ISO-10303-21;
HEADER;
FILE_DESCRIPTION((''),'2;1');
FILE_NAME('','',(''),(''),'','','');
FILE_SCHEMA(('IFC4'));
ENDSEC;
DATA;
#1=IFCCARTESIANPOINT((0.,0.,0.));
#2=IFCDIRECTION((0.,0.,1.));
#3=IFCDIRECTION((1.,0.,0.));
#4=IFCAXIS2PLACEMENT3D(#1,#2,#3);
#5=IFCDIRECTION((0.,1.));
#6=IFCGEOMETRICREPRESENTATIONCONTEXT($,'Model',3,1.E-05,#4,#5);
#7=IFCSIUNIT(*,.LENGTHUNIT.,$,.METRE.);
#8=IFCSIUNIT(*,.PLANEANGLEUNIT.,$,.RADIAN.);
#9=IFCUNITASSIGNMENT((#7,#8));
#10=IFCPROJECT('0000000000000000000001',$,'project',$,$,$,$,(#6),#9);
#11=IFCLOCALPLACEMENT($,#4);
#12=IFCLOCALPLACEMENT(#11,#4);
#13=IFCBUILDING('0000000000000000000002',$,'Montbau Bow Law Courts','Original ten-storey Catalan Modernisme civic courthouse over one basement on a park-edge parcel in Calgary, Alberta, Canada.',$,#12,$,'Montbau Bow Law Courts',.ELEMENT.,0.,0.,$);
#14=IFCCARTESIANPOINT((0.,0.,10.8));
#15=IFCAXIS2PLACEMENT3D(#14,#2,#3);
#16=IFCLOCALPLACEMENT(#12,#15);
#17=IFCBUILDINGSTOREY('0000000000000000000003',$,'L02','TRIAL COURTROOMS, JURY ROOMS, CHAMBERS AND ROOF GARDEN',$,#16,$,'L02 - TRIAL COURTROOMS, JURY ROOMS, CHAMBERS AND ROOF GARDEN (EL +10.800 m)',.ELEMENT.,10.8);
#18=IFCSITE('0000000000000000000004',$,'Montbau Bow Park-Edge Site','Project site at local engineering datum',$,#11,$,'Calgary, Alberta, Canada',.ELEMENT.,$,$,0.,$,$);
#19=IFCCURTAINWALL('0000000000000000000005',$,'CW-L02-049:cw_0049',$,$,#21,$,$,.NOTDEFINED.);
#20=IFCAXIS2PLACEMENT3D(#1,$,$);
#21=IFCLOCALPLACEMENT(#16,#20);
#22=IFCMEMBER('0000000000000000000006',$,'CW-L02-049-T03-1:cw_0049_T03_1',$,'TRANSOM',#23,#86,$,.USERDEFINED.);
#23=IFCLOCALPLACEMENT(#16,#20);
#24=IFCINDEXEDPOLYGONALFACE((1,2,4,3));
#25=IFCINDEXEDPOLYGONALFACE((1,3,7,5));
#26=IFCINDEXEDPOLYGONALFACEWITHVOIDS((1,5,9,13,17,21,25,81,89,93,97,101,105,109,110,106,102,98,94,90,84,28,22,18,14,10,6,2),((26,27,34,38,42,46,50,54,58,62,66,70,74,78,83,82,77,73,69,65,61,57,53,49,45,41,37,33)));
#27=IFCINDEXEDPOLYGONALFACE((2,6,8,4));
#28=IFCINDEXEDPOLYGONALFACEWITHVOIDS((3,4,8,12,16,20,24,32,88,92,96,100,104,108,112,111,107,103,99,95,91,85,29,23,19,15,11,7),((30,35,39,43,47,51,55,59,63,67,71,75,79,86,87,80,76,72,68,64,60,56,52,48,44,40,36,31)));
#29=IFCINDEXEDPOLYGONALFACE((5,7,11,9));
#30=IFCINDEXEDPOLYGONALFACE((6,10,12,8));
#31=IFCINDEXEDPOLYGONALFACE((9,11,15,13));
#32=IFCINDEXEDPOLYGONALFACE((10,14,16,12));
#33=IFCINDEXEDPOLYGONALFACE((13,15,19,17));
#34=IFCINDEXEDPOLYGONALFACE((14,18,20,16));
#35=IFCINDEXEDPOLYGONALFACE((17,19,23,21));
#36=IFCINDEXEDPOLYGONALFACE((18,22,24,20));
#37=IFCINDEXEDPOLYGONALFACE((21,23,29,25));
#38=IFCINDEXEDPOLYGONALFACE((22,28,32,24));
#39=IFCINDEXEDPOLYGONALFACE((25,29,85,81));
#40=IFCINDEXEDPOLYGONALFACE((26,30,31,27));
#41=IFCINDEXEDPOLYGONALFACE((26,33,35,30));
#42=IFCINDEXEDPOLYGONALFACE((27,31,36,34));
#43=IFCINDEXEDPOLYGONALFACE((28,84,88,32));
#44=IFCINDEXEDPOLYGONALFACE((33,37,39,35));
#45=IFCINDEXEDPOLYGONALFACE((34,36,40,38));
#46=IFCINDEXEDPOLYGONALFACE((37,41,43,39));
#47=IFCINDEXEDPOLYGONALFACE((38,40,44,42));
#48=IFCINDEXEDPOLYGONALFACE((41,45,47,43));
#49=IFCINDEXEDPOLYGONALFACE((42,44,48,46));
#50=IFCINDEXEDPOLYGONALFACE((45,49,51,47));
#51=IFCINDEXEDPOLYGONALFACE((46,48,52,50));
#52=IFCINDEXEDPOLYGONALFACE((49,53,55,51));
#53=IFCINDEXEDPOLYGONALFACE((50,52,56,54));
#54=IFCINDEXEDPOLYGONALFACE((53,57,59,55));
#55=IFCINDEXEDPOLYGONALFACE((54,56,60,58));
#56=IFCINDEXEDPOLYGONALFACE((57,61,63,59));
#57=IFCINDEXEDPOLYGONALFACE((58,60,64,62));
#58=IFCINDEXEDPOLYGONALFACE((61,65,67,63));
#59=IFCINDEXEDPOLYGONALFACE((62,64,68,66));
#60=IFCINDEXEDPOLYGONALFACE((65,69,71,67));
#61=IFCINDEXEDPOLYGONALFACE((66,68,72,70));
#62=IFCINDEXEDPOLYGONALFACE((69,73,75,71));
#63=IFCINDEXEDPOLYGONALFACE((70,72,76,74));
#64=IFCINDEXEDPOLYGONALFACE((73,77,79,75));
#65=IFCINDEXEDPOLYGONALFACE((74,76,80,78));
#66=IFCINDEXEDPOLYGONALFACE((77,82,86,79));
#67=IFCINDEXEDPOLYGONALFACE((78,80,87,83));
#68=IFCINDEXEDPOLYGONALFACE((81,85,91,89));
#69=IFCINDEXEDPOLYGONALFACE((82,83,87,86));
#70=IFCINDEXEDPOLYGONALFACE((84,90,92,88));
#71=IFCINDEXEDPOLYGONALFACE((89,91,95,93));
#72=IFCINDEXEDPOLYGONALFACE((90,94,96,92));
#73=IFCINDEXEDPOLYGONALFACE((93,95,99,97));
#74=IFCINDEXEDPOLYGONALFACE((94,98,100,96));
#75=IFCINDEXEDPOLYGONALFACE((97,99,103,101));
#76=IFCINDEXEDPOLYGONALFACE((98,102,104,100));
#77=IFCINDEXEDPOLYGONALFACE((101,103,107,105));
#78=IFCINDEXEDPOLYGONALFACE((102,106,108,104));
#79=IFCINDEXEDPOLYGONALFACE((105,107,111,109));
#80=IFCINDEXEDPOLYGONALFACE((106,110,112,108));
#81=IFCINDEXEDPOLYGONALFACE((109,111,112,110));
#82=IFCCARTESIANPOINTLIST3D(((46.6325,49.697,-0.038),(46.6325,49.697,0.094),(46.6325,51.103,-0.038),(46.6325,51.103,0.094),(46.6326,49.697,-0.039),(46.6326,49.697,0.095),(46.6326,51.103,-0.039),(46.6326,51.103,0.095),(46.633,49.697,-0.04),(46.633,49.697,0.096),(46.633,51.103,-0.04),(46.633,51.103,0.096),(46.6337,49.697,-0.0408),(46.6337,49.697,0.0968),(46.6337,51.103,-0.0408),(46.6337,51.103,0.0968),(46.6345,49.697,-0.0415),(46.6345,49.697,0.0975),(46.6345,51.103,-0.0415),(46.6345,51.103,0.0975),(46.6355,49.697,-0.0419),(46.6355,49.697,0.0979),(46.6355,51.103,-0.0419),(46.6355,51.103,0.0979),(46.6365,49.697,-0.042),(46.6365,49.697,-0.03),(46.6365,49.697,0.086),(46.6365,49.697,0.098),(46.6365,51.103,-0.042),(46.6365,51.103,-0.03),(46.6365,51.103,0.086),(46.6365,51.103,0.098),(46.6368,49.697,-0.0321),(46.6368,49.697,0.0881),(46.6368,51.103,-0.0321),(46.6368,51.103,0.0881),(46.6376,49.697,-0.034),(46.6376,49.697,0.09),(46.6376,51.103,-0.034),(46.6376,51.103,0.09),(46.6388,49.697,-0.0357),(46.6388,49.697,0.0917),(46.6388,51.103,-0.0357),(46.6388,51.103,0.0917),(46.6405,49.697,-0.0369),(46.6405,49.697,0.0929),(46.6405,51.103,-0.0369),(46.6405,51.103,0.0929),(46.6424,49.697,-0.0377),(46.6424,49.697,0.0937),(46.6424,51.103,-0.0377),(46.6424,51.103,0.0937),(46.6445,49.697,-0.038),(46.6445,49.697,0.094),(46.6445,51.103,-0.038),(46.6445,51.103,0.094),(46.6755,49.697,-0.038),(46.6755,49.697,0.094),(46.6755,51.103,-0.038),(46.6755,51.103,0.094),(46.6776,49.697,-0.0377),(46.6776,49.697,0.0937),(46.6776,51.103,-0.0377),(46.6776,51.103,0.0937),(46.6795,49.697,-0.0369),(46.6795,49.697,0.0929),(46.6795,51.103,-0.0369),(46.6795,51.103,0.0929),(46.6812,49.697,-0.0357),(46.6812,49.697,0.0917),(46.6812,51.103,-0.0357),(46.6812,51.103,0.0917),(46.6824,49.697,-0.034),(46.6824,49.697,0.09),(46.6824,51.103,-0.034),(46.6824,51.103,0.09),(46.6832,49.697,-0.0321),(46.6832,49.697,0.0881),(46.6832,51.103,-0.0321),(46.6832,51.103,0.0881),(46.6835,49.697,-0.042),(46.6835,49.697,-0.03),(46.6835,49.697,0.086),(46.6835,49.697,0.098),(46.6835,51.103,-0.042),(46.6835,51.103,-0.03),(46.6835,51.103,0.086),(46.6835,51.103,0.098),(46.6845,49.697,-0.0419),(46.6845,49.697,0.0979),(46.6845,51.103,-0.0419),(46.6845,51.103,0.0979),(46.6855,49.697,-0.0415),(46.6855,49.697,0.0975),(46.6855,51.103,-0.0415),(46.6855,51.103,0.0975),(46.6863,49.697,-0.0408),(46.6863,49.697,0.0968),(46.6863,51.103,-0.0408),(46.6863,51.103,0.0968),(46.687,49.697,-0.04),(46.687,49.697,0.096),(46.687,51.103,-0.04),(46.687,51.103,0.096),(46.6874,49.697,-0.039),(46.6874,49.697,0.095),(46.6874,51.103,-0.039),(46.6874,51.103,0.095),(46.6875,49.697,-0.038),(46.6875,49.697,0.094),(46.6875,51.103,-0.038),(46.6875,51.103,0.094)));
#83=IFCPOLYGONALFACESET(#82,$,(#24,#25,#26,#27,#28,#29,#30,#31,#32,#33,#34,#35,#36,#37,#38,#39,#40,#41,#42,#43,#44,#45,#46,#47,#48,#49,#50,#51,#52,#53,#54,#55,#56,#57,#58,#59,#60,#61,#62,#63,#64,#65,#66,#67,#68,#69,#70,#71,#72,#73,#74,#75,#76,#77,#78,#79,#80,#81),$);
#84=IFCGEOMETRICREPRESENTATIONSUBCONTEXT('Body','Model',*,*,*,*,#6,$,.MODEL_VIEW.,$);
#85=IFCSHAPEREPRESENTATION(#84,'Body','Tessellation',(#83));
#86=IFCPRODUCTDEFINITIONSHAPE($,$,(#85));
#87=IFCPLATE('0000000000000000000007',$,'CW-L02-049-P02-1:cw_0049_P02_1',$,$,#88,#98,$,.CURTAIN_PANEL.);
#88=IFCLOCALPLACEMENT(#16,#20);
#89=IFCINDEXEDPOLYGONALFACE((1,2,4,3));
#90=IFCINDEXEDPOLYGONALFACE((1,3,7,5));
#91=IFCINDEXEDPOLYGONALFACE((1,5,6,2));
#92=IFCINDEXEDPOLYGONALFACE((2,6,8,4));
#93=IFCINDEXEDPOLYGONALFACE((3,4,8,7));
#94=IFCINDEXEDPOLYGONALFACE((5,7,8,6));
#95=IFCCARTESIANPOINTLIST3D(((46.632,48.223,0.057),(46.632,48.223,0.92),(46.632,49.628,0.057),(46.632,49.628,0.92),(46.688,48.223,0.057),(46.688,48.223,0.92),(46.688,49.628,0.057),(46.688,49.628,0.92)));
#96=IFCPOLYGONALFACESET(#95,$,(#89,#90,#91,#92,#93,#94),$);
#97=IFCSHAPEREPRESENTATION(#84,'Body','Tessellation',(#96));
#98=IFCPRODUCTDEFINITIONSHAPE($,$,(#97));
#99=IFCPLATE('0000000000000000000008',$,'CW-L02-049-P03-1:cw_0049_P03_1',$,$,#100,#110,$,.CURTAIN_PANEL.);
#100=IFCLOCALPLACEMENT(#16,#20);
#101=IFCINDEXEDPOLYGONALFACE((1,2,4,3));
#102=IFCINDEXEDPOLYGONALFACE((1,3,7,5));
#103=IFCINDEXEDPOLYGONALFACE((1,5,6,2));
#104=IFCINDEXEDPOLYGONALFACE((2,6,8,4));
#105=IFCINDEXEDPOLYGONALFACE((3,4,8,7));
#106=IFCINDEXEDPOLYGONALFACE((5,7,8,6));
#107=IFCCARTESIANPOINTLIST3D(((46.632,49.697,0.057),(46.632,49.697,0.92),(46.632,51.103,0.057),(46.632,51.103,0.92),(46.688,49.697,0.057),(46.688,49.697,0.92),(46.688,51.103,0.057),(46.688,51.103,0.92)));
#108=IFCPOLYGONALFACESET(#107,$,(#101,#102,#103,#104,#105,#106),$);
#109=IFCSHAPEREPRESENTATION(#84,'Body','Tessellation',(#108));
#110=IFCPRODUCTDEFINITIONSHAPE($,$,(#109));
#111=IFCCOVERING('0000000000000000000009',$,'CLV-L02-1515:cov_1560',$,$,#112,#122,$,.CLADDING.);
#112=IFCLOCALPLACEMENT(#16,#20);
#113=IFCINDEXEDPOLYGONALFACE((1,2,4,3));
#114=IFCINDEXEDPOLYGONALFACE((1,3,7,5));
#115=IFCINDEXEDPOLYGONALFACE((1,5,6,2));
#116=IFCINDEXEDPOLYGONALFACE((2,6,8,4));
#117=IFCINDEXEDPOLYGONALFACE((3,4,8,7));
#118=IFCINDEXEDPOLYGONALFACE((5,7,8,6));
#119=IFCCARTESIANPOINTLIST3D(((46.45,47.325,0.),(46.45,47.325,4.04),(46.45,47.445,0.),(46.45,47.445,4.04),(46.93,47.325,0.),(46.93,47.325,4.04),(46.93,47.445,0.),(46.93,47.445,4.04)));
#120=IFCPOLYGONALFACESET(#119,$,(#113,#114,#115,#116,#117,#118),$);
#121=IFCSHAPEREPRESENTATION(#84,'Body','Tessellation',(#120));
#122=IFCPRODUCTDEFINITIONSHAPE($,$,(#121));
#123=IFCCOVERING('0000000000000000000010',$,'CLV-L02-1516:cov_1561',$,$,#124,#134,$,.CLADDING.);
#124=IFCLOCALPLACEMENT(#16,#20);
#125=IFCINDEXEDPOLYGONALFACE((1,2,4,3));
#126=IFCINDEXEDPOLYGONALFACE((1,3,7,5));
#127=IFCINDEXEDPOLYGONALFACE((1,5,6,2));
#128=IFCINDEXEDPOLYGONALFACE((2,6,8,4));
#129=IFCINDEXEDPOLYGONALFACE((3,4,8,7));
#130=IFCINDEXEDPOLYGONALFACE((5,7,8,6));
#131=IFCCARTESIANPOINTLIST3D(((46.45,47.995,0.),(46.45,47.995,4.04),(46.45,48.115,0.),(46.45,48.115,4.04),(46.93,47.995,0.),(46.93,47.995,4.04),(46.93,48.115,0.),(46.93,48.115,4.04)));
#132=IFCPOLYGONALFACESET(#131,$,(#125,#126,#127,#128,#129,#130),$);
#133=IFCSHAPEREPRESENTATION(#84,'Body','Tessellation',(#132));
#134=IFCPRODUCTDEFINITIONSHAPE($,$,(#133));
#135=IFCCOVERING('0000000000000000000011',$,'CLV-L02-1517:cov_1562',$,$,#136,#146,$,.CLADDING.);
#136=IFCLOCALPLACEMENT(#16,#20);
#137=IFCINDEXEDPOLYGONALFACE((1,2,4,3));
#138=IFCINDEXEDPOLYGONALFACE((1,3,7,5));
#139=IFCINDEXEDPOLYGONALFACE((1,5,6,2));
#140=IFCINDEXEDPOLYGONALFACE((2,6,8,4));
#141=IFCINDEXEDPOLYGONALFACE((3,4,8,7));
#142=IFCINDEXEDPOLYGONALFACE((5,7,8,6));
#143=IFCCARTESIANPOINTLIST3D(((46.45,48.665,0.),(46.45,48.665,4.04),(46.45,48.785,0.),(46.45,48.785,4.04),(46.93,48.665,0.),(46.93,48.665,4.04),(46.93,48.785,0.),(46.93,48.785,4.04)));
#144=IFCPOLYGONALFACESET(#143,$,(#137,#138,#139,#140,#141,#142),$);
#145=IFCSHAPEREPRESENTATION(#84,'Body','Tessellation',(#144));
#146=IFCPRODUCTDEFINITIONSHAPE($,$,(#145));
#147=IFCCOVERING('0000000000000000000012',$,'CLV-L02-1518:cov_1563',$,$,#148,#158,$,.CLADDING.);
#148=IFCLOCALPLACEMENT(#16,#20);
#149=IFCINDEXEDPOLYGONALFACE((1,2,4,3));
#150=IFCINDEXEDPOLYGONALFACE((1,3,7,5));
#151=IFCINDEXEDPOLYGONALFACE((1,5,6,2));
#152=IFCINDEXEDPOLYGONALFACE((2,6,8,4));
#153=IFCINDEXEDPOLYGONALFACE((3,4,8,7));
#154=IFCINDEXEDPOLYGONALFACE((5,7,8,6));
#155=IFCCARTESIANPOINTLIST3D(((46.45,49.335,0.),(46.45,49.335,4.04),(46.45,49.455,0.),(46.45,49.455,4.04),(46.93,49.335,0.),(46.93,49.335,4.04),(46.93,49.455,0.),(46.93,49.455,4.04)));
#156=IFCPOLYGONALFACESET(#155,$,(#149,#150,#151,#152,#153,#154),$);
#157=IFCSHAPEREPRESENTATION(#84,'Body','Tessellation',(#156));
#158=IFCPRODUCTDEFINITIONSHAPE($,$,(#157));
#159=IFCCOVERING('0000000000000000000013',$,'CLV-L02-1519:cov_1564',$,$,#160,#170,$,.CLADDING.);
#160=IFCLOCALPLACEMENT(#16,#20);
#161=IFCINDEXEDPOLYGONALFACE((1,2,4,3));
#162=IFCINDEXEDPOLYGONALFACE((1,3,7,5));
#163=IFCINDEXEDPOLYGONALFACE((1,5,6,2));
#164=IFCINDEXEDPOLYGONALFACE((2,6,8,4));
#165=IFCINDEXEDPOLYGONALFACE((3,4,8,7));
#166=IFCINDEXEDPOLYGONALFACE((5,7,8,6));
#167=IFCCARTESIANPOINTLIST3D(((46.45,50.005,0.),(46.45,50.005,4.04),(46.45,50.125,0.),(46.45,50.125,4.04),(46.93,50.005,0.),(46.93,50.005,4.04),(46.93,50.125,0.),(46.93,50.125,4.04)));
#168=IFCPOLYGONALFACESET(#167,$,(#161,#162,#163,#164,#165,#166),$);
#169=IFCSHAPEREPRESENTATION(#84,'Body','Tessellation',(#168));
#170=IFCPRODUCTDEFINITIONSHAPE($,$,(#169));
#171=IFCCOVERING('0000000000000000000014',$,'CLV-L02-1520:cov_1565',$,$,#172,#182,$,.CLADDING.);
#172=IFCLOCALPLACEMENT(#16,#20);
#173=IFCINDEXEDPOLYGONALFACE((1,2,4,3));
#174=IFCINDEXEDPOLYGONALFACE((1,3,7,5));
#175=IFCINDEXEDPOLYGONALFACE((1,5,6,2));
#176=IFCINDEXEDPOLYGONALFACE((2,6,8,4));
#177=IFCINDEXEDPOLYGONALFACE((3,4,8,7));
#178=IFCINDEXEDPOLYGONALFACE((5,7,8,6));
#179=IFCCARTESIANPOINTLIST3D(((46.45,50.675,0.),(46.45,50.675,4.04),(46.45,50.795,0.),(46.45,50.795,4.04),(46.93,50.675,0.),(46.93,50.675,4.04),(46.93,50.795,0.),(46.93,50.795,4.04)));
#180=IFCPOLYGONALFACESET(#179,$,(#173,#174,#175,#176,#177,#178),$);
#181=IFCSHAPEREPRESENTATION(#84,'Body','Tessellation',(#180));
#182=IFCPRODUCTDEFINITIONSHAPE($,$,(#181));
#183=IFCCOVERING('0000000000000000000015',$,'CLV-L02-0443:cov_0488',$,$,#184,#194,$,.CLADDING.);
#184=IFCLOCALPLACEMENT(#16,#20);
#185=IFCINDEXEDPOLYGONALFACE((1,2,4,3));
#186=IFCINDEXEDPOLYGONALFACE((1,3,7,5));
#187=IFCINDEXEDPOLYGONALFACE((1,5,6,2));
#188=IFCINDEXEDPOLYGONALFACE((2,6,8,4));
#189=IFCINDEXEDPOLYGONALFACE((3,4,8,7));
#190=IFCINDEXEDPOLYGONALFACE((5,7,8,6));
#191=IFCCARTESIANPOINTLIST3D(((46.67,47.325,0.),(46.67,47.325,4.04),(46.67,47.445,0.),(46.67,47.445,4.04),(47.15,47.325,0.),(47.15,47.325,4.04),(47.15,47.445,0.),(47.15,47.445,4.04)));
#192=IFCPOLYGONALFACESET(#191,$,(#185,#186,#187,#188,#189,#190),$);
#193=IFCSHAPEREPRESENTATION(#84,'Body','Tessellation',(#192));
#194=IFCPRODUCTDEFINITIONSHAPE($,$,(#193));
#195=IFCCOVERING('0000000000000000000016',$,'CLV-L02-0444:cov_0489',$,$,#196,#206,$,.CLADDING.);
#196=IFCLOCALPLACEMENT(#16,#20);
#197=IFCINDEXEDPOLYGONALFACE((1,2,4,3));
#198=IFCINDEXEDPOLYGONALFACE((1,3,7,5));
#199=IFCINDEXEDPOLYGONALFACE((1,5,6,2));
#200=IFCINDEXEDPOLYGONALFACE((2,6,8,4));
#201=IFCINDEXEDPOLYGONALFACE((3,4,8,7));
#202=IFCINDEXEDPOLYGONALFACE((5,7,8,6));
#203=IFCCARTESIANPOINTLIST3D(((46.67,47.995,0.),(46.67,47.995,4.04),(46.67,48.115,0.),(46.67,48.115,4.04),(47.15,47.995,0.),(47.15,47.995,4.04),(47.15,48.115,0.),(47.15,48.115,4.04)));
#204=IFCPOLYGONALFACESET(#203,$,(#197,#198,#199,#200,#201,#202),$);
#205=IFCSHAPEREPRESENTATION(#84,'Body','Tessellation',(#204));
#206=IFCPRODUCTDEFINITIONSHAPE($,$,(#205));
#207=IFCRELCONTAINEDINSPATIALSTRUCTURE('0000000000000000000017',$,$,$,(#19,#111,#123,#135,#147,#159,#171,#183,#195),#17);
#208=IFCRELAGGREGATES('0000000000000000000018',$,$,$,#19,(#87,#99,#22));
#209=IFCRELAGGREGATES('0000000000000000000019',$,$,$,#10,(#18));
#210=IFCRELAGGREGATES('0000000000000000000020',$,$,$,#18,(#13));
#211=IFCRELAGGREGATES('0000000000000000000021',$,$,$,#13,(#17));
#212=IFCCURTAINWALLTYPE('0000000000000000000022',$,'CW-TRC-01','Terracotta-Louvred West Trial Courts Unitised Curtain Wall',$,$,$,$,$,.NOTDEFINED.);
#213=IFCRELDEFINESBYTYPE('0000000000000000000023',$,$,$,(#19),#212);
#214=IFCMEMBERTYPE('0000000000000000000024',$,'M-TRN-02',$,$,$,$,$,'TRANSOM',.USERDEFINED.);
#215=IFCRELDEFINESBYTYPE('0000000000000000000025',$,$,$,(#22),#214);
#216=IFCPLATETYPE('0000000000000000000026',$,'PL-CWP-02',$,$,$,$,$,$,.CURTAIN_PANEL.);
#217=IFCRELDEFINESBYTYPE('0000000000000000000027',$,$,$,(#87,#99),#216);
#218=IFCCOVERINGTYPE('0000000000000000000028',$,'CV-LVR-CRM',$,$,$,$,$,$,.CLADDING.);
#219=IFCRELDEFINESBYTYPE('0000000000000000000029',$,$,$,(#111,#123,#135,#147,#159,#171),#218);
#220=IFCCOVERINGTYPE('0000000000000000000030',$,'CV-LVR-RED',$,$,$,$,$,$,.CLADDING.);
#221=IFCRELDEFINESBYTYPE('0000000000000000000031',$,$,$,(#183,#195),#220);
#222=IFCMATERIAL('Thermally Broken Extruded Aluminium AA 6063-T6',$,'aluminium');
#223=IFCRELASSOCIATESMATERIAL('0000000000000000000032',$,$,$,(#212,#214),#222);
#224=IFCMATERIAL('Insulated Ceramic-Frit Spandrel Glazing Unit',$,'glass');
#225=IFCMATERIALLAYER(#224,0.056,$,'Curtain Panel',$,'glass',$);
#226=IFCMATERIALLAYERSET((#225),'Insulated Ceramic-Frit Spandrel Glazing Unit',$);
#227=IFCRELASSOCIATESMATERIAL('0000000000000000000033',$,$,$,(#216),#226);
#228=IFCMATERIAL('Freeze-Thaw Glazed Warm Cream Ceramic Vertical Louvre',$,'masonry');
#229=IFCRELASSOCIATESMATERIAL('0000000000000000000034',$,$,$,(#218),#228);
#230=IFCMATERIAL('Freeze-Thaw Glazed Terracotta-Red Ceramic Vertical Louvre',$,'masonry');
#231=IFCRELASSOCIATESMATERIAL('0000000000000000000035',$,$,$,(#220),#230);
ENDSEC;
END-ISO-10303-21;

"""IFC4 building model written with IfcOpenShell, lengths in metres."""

from ifc_helpers import new_model, si_unit, direction, frame, frame_2d, origin_with_axes, origin_2d_with_axis, place, context, subcontext, project, spatial, rectangle, hollow_rectangle, extrude, material, layer, layer_set, material_profile, profile_set, type_object, element, aggregate, save


model = new_model("IFC4")

# Units and contexts
model_context = context("Model", 3, precision=1e-05, world=origin_with_axes(), true_north=direction((0.0, 1.0)))
body_context = subcontext(model_context, "Body", "Model", "MODEL_VIEW")
ifc_project = project(units=[si_unit("LENGTHUNIT", "METRE"), si_unit("PLANEANGLEUNIT", "RADIAN")], contexts=[model_context])

# Site, building, storey
site_placement = place(None, origin_with_axes())
site = spatial("IfcSite", under=ifc_project, at=site_placement, Name="Montbau Bow Park-Edge Site", Description="Project site at local engineering datum", LongName="Calgary, Alberta, Canada", CompositionType="ELEMENT", RefElevation=0.0)
building_placement = place(site_placement, origin_with_axes())
building = spatial("IfcBuilding", under=site, at=building_placement, Name="Montbau Bow Law Courts", Description="Original ten-storey Catalan Modernisme civic courthouse over one basement on a park-edge parcel in Calgary, Alberta, Canada.", LongName="Montbau Bow Law Courts", CompositionType="ELEMENT", ElevationOfRefHeight=0.0, ElevationOfTerrain=0.0)
storey_placement = place(building_placement, frame((0.0, 0.0, 10.8), z_axis=(0.0, 0.0, 1.0), x_axis=(1.0, 0.0, 0.0)))
storey = spatial("IfcBuildingStorey", under=building, at=storey_placement, Name="L02", Description="TRIAL COURTROOMS, JURY ROOMS, CHAMBERS AND ROOF GARDEN", LongName="L02 - TRIAL COURTROOMS, JURY ROOMS, CHAMBERS AND ROOF GARDEN (EL +10.800 m)", CompositionType="ELEMENT", Elevation=10.8)

# Curtain wall
ifc_material_1 = material(Name="Thermally Broken Extruded Aluminium AA 6063-T6", Category="aluminium")
curtain_wall_type_1 = type_object("IfcCurtainWallType", Name="CW-TRC-01", Description="Terracotta-Louvred West Trial Courts Unitised Curtain Wall", PredefinedType="NOTDEFINED", material=ifc_material_1)
curtain_wall_1_placement = place(None, frame((46.66, 46.715, 10.8), z_axis=(0.0, 0.0, 1.0), x_axis=(1.0, 0.0, 0.0)))
curtain_wall_1 = element("IfcCurtainWall", 1, at=curtain_wall_1_placement, inside=storey, type_object=curtain_wall_type_1, Name="CW-L02-049:cw_0049", PredefinedType="NOTDEFINED")

# Member
ifc_material_profile_1 = material_profile(ifc_material_1, hollow_rectangle(XDim=0.055, YDim=0.14, WallThickness=0.004, InnerFilletRadius=0.008, OuterFilletRadius=0.004, at=origin_2d_with_axis()), Name="CWT-140X55", Category="Main", Priority=0)
ifc_profile_set_1 = profile_set([ifc_material_profile_1], Name="Thermally Broken Extruded Aluminium AA 6063-T6")
member_type_1 = type_object("IfcMemberType", Name="M-TRN-02", ElementType="TRANSOM", PredefinedType="USERDEFINED", material=ifc_profile_set_1)
member_1_placement = place(None, frame((46.66, 49.697, 10.828), z_axis=(0.0, 1.0, 0.0), x_axis=(-1.0, 0.0, 0.0)))
member_1 = element("IfcMember", 2, at=member_1_placement, type_object=member_type_1, Name="CW-L02-049-T03-1:cw_0049_T03_1", ObjectType="TRANSOM", PredefinedType="USERDEFINED", context=body_context, shape_type="SweptSolid", body=[
    extrude(hollow_rectangle(XDim=0.055, YDim=0.14, WallThickness=0.004, InnerFilletRadius=0.008, OuterFilletRadius=0.004, at=origin_2d_with_axis()), origin_with_axes(), (0.0, 0.0, 1.0), 1.406),
])

# Plates
ifc_material_2 = material(Name="Insulated Ceramic-Frit Spandrel Glazing Unit", Category="glass")
ifc_layer = layer(ifc_material_2, 0.056, Name="Curtain Panel", Category="glass")
ifc_layer_set = layer_set([ifc_layer], Name="Insulated Ceramic-Frit Spandrel Glazing Unit")
plate_type = type_object("IfcPlateType", Name="PL-CWP-02", PredefinedType="CURTAIN_PANEL", material=ifc_layer_set)
plate_1_placement = place(None, frame((46.66, 48.223, 10.857), z_axis=(1.0, 0.0, 0.0), x_axis=(0.0, 1.0, 0.0)))
plate_1 = element("IfcPlate", 3, at=plate_1_placement, type_object=plate_type, Name="CW-L02-049-P02-1:cw_0049_P02_1", PredefinedType="CURTAIN_PANEL", context=body_context, shape_type="SweptSolid", body=[
    extrude(rectangle(XDim=1.405, YDim=0.863, at=frame_2d((0.7025, 0.4315), x_axis=(1.0, 0.0))), frame((0.0, 0.0, -0.028), z_axis=(0.0, 0.0, 1.0), x_axis=(1.0, 0.0, 0.0)), (0.0, 0.0, 1.0), 0.056),
])
plate_2_placement = place(None, frame((46.66, 49.697, 10.857), z_axis=(1.0, 0.0, 0.0), x_axis=(0.0, 1.0, 0.0)))
plate_2 = element("IfcPlate", 4, at=plate_2_placement, type_object=plate_type, Name="CW-L02-049-P03-1:cw_0049_P03_1", PredefinedType="CURTAIN_PANEL", context=body_context, shape_type="SweptSolid", body=[
    extrude(rectangle(XDim=1.406, YDim=0.863, at=frame_2d((0.703, 0.4315), x_axis=(1.0, 0.0))), frame((0.0, 0.0, -0.028), z_axis=(0.0, 0.0, 1.0), x_axis=(1.0, 0.0, 0.0)), (0.0, 0.0, 1.0), 0.056),
])
aggregate(curtain_wall_1, [plate_1, plate_2, member_1])

# Coverings
ifc_material_3 = material(Name="Freeze-Thaw Glazed Warm Cream Ceramic Vertical Louvre", Category="masonry")
covering_type_1 = type_object("IfcCoveringType", Name="CV-LVR-CRM", PredefinedType="CLADDING", material=ifc_material_3)
for number, where, z_axis, x_axis, name in (
    (5, (46.93, 47.385, 10.8), (0.0, 1.0, 0.0), (-1.0, 0.0, 0.0), "CLV-L02-1515:cov_1560"),
    (6, (46.93, 48.055, 10.8), (0.0, 1.0, 0.0), (-1.0, 0.0, 0.0), "CLV-L02-1516:cov_1561"),
    (7, (46.93, 48.725, 10.8), (0.0, 1.0, 0.0), (-1.0, 0.0, 0.0), "CLV-L02-1517:cov_1562"),
    (8, (46.93, 49.395, 10.8), (0.0, 1.0, 0.0), (-1.0, 0.0, 0.0), "CLV-L02-1518:cov_1563"),
    (9, (46.93, 50.065, 10.8), (0.0, 1.0, 0.0), (-1.0, 0.0, 0.0), "CLV-L02-1519:cov_1564"),
    (10, (46.93, 50.735, 10.8), (0.0, 1.0, 0.0), (-1.0, 0.0, 0.0), "CLV-L02-1520:cov_1565"),
):
    element("IfcCovering", number, at=place(None, frame(where, z_axis=z_axis, x_axis=x_axis)), inside=storey, type_object=covering_type_1, Name=name, PredefinedType="CLADDING", context=body_context, shape_type="SweptSolid", body=[
        extrude(rectangle(XDim=0.48, YDim=4.04, at=frame_2d((0.24, 2.02), x_axis=(1.0, 0.0))), frame((0.0, 0.0, -0.06), z_axis=(0.0, 0.0, 1.0), x_axis=(1.0, 0.0, 0.0)), (0.0, 0.0, 1.0), 0.12),
    ])
ifc_material_4 = material(Name="Freeze-Thaw Glazed Terracotta-Red Ceramic Vertical Louvre", Category="masonry")
covering_type_2 = type_object("IfcCoveringType", Name="CV-LVR-RED", PredefinedType="CLADDING", material=ifc_material_4)
for number, where, z_axis, x_axis, name in (
    (11, (46.67, 47.385, 10.8), (0.0, -1.0, 0.0), (1.0, 0.0, 0.0), "CLV-L02-0443:cov_0488"),
    (12, (46.67, 48.055, 10.8), (0.0, -1.0, 0.0), (1.0, 0.0, 0.0), "CLV-L02-0444:cov_0489"),
):
    element("IfcCovering", number, at=place(None, frame(where, z_axis=z_axis, x_axis=x_axis)), inside=storey, type_object=covering_type_2, Name=name, PredefinedType="CLADDING", context=body_context, shape_type="SweptSolid", body=[
        extrude(rectangle(XDim=0.48, YDim=4.04, at=frame_2d((0.24, 2.02), x_axis=(1.0, 0.0))), frame((0.0, 0.0, -0.06), z_axis=(0.0, 0.0, 1.0), x_axis=(1.0, 0.0, 0.0)), (0.0, 0.0, 1.0), 0.12),
    ])

save(model, "model.ifc")
